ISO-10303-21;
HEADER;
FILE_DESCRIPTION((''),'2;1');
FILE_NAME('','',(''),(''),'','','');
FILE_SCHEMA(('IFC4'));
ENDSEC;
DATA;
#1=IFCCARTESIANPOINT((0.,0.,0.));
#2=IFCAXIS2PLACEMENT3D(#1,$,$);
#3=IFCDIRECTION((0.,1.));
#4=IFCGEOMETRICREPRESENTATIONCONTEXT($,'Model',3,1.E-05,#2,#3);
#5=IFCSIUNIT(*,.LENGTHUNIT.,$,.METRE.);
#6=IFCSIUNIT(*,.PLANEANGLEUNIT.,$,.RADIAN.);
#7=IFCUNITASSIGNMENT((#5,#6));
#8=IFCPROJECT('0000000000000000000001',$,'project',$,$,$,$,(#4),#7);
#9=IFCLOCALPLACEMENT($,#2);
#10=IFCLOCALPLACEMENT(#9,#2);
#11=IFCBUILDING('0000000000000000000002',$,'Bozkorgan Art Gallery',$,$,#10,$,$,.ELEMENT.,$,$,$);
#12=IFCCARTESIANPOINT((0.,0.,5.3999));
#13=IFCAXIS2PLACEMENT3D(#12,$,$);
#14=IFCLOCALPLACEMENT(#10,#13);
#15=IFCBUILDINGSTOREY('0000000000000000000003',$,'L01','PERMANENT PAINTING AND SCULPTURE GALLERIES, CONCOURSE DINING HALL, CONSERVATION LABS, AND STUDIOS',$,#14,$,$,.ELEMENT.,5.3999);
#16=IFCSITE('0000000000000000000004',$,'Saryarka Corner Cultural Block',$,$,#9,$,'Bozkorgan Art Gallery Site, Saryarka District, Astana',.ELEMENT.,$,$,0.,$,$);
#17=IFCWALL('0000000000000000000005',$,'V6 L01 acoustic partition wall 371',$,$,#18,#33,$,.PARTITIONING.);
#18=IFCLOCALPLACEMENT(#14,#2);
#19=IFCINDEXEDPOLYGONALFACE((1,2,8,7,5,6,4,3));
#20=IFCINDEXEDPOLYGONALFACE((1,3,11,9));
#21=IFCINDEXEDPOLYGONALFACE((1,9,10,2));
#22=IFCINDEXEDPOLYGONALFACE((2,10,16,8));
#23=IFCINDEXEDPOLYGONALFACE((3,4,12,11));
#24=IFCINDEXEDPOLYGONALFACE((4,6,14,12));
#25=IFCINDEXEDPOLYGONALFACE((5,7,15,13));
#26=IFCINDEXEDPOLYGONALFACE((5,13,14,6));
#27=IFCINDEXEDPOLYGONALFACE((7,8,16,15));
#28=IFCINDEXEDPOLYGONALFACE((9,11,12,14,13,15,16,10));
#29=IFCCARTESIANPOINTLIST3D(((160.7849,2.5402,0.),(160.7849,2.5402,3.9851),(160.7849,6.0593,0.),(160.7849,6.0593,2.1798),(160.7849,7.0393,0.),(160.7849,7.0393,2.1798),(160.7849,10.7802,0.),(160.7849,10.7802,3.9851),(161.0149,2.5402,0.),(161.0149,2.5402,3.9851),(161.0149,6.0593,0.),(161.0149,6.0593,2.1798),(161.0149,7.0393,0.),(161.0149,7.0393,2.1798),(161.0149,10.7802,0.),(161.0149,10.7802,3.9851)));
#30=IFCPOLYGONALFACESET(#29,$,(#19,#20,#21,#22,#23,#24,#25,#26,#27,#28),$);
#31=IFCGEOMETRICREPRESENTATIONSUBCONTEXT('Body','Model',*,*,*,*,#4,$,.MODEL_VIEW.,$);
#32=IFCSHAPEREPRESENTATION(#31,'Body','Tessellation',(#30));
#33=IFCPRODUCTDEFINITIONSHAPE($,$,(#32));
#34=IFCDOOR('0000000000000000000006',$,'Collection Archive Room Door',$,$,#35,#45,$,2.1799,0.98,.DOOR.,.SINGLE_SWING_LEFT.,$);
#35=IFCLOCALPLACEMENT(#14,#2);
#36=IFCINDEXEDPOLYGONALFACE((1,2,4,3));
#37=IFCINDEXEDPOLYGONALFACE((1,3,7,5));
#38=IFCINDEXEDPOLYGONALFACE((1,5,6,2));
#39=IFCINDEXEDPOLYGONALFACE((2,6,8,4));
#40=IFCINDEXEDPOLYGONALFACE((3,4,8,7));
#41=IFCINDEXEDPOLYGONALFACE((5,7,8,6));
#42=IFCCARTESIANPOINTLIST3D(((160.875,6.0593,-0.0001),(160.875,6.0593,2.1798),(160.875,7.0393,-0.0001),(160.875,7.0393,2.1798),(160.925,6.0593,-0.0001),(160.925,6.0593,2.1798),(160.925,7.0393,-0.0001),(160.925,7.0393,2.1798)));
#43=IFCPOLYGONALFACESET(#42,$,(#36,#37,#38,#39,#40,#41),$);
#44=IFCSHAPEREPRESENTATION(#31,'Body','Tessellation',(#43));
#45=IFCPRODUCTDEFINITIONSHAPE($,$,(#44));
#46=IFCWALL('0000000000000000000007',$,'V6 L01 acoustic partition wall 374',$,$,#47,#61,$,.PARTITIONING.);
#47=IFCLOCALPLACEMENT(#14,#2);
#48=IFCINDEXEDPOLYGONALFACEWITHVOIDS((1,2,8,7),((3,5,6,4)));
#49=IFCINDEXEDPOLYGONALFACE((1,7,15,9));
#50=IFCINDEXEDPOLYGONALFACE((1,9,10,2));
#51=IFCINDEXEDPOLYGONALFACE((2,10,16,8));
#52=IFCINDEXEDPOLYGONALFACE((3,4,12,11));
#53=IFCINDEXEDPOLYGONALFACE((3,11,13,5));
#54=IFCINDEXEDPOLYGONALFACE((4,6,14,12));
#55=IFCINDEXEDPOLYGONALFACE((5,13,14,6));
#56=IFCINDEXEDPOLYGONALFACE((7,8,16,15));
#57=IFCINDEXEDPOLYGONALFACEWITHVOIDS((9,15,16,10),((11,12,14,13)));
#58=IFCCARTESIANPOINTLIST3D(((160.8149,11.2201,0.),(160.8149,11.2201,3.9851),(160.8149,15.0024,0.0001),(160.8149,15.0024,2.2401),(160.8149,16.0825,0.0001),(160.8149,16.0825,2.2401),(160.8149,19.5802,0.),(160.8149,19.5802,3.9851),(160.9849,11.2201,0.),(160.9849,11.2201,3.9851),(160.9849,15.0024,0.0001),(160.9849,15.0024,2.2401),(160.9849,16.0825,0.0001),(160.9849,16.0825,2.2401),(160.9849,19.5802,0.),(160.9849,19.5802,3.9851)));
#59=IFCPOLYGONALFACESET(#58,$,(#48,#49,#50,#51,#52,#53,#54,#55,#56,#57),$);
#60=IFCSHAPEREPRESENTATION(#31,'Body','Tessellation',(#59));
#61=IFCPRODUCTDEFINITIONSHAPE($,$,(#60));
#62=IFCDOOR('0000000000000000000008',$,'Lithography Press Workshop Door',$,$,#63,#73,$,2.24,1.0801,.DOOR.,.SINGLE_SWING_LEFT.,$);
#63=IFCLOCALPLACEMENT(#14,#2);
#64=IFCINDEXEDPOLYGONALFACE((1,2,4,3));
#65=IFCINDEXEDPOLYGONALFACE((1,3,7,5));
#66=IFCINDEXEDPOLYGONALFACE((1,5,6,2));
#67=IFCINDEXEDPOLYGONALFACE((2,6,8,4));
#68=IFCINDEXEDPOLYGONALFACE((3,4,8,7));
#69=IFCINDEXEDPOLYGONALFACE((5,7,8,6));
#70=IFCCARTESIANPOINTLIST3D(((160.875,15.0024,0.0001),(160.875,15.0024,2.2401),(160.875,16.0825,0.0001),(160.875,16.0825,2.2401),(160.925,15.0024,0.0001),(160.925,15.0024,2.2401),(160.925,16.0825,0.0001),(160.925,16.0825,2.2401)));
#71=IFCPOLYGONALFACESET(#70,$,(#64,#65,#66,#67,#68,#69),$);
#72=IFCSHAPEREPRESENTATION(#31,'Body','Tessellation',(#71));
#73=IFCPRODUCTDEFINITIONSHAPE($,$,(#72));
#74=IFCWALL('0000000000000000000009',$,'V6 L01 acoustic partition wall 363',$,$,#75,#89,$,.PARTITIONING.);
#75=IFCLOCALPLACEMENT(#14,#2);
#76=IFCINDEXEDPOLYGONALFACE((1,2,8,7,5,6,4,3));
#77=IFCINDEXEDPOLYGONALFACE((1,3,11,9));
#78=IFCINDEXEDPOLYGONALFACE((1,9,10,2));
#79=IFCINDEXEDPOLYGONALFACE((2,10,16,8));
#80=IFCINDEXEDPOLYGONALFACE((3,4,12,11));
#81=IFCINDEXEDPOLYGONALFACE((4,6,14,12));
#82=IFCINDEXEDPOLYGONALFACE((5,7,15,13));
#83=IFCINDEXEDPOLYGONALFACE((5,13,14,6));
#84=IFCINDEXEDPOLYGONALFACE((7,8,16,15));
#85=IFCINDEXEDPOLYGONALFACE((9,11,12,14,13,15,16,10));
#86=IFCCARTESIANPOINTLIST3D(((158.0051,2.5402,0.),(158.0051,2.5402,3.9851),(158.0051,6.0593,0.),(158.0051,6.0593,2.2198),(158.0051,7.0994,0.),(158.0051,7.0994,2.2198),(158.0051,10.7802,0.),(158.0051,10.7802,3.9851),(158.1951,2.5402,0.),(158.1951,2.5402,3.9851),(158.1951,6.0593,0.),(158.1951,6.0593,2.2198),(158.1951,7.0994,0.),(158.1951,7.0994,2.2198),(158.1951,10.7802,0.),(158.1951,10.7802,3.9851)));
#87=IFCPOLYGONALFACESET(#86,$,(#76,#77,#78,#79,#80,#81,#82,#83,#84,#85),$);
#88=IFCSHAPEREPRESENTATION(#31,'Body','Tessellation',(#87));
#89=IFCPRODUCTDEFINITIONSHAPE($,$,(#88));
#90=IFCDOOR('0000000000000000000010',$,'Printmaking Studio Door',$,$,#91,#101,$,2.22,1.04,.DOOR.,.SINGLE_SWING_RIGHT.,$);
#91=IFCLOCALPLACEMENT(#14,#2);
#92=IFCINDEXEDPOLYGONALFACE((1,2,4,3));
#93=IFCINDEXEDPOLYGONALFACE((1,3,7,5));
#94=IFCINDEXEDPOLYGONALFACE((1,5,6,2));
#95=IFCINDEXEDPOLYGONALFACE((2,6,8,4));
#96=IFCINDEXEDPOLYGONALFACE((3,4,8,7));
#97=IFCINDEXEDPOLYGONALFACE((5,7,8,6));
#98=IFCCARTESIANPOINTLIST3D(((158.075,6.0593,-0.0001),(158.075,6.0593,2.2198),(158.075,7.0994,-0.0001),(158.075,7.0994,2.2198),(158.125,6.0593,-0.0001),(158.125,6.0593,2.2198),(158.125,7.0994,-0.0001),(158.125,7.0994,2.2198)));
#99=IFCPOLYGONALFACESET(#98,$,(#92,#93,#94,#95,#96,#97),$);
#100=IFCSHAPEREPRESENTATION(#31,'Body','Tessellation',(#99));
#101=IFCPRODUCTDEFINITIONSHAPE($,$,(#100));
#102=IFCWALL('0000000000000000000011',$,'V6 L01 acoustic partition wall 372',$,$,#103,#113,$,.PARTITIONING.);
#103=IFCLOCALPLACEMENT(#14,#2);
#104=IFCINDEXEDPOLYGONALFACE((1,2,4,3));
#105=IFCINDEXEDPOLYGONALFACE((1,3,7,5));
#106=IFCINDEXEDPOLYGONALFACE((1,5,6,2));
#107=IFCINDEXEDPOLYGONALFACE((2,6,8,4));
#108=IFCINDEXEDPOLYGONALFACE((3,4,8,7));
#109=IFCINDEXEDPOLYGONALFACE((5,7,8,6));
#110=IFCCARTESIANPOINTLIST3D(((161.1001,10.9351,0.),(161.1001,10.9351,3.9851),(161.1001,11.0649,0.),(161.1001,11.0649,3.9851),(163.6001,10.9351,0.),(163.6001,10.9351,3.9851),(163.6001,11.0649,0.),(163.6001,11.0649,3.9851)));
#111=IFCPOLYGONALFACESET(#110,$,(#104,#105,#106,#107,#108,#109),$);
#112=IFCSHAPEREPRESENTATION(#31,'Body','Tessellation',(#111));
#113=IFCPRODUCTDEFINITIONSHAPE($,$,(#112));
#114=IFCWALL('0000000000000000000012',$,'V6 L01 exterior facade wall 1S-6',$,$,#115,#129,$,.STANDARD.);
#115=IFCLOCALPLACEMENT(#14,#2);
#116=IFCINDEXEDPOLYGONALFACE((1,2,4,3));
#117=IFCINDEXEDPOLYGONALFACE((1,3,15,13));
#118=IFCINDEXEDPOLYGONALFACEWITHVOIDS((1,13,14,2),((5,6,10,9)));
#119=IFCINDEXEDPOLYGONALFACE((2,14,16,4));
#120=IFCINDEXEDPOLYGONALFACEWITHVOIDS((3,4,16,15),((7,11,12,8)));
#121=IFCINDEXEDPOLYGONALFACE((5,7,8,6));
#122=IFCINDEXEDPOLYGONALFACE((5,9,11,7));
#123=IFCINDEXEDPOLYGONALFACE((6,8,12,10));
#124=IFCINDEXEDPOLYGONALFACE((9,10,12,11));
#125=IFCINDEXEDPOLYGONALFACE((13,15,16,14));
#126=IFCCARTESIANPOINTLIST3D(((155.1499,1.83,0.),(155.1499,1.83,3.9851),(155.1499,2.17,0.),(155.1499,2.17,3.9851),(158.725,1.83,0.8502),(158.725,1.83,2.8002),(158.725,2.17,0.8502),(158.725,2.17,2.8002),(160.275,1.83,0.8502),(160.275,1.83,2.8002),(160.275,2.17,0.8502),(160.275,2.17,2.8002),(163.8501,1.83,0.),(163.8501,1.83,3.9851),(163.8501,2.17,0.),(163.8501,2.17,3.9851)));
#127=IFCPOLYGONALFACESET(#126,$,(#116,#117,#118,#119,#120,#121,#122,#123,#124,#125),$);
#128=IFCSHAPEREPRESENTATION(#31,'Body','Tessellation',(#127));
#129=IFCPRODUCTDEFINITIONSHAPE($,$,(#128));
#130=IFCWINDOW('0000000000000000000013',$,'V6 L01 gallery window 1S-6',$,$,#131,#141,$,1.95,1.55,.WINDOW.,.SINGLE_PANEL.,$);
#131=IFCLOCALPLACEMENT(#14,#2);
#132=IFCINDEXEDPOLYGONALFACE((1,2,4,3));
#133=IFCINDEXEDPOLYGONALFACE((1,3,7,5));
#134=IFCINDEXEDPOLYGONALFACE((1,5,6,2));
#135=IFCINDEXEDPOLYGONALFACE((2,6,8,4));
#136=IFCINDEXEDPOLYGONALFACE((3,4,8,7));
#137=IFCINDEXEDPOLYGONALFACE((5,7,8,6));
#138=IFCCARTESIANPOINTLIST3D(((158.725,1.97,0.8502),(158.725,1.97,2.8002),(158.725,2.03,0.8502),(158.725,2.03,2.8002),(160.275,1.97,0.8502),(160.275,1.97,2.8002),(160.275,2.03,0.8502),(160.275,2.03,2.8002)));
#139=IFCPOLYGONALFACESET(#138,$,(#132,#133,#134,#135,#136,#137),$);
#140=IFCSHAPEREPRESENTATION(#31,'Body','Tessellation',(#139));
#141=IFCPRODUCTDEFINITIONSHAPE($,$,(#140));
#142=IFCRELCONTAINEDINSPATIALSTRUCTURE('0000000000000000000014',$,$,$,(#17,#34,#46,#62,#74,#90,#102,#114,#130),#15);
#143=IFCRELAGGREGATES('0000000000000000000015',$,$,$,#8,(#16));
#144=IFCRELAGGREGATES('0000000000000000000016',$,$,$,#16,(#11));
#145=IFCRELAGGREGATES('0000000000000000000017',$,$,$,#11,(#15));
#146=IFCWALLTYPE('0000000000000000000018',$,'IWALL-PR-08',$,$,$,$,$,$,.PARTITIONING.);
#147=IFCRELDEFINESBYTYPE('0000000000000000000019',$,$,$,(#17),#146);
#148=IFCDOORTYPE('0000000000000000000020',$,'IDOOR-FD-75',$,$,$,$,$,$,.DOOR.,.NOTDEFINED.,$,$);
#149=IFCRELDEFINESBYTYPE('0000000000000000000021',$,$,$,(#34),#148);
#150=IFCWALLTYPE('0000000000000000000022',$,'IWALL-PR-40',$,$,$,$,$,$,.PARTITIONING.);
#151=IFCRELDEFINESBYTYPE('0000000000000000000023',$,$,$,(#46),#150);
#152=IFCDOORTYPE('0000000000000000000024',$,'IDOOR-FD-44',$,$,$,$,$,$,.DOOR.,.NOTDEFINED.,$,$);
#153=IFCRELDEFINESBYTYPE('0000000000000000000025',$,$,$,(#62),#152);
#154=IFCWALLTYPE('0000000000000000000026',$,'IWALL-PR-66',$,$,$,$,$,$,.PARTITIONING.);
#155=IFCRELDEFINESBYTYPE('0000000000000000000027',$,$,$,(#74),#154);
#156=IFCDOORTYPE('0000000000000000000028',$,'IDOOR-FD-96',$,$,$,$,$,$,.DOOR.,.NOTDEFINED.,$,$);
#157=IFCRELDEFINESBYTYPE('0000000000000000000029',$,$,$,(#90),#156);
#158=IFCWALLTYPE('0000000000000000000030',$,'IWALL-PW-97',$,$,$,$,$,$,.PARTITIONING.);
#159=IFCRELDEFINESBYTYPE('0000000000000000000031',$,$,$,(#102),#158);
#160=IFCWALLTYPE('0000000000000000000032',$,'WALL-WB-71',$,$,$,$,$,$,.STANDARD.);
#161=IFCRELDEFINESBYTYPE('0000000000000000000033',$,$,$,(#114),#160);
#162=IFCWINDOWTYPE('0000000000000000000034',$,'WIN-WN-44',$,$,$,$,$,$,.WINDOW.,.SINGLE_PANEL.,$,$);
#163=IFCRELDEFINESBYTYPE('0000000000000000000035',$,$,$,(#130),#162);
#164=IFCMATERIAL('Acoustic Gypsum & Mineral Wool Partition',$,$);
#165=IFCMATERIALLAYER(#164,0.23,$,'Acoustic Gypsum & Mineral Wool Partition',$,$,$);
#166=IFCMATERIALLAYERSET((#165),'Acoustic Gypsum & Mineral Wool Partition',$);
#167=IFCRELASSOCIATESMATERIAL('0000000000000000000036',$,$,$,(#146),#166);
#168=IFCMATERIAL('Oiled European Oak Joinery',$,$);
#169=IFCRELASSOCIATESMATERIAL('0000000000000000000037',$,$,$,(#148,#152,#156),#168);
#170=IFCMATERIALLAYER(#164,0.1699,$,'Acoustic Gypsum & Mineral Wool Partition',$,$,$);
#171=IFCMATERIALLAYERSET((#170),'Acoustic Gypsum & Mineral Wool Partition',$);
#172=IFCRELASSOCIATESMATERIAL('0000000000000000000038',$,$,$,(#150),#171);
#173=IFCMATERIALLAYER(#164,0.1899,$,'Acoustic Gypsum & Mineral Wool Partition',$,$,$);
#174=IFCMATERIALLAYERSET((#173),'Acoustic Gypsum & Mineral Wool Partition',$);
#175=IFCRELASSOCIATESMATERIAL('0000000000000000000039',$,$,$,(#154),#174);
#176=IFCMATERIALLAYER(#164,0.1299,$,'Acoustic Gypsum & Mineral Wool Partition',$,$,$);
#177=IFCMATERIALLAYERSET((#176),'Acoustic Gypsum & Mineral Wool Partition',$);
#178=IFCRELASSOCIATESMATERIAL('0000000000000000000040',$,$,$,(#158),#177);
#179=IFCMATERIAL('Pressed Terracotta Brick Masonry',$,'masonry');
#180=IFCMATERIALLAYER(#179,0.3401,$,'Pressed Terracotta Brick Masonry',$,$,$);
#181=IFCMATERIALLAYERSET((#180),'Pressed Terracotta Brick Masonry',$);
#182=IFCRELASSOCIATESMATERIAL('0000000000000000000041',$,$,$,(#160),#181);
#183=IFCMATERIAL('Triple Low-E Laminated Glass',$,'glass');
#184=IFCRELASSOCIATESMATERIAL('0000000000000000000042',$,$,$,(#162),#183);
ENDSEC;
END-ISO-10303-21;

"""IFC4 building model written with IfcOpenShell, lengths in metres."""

from ifc_helpers import new_model, si_unit, direction, frame, frame_2d, origin, place, context, subcontext, project, spatial, rectangle, extrude, material, layer, layer_set, type_object, element, fill, save


model = new_model("IFC4")

# Units and contexts
model_context = context("Model", 3, precision=1e-05, world=origin(), true_north=direction((0.0, 1.0)))
body_context = subcontext(model_context, "Body", "Model", "MODEL_VIEW")
ifc_project = project(units=[si_unit("LENGTHUNIT", "METRE"), si_unit("PLANEANGLEUNIT", "RADIAN")], contexts=[model_context])

# Site, building, storey
site_placement = place(None, origin())
site = spatial("IfcSite", under=ifc_project, at=site_placement, Name="Saryarka Corner Cultural Block", LongName="Bozkorgan Art Gallery Site, Saryarka District, Astana", CompositionType="ELEMENT", RefElevation=0.0)
building_placement = place(site_placement, origin())
building = spatial("IfcBuilding", under=site, at=building_placement, Name="Bozkorgan Art Gallery", CompositionType="ELEMENT")
storey_placement = place(building_placement, frame((0.0, 0.0, 5.3999)))
storey = spatial("IfcBuildingStorey", under=building, at=storey_placement, Name="L01", Description="PERMANENT PAINTING AND SCULPTURE GALLERIES, CONCOURSE DINING HALL, CONSERVATION LABS, AND STUDIOS", CompositionType="ELEMENT", Elevation=5.3999)

# Walls, openings, doors
ifc_material_1 = material(Name="Acoustic Gypsum & Mineral Wool Partition")
ifc_layer_1 = layer(ifc_material_1, 0.23, Name="Acoustic Gypsum & Mineral Wool Partition")
ifc_layer_set_1 = layer_set([ifc_layer_1], Name="Acoustic Gypsum & Mineral Wool Partition")
wall_type_1 = type_object("IfcWallType", Name="IWALL-PR-08", PredefinedType="PARTITIONING", material=ifc_layer_set_1)
wall_1_placement = place(storey_placement, frame((160.8999, 2.54, 0.0), z_axis=(0.0, 0.0, 1.0), x_axis=(0.0, 1.0, 0.0)))
wall_1 = element("IfcWall", 1, at=wall_1_placement, inside=storey, type_object=wall_type_1, Name="V6 L01 acoustic partition wall 371", PredefinedType="PARTITIONING", context=body_context, shape_type="SweptSolid", body=[
    extrude(rectangle(XDim=8.24, YDim=0.23, at=frame_2d((4.1201, 0.0))), origin(), (0.0, 0.0, 1.0), 3.9851),
])
opening_1_placement = place(wall_1_placement, frame((3.5193, 0.0, 0.0)))
opening_1 = element("IfcOpeningElement", 2, at=opening_1_placement, cuts=wall_1, PredefinedType="OPENING", context=body_context, shape_type="SweptSolid", body=[
    extrude(rectangle(XDim=0.98, YDim=2.1799, at=frame_2d((0.49, 1.0898))), frame((0.0, 0.125, 0.0), z_axis=(0.0, -1.0, 0.0), x_axis=(1.0, 0.0, 0.0)), (0.0, 0.0, 1.0), 0.25),
])
ifc_material_2 = material(Name="Oiled European Oak Joinery")
door_type_1 = type_object("IfcDoorType", Name="IDOOR-FD-75", OperationType="NOTDEFINED", PredefinedType="DOOR", material=ifc_material_2)
door_1_placement = place(opening_1_placement, origin())
door_1 = element("IfcDoor", 3, at=door_1_placement, inside=storey, type_object=door_type_1, Name="Collection Archive Room Door", OperationType="SINGLE_SWING_LEFT", OverallHeight=2.1799, OverallWidth=0.98, PredefinedType="DOOR", context=body_context, shape_type="SweptSolid", body=[
    extrude(rectangle(XDim=0.98, YDim=2.1799, at=frame_2d((0.49, 1.0898))), frame((0.0, 0.0249, 0.0), z_axis=(0.0, -1.0, 0.0), x_axis=(1.0, 0.0, 0.0)), (0.0, 0.0, 1.0), 0.05),
])
fill(opening_1, door_1)
ifc_layer_2 = layer(ifc_material_1, 0.1699, Name="Acoustic Gypsum & Mineral Wool Partition")
ifc_layer_set_2 = layer_set([ifc_layer_2], Name="Acoustic Gypsum & Mineral Wool Partition")
wall_type_2 = type_object("IfcWallType", Name="IWALL-PR-40", PredefinedType="PARTITIONING", material=ifc_layer_set_2)
wall_2_placement = place(storey_placement, frame((160.8999, 11.22, 0.0), z_axis=(0.0, 0.0, 1.0), x_axis=(0.0, 1.0, 0.0)))
wall_2 = element("IfcWall", 4, at=wall_2_placement, inside=storey, type_object=wall_type_2, Name="V6 L01 acoustic partition wall 374", PredefinedType="PARTITIONING", context=body_context, shape_type="SweptSolid", body=[
    extrude(rectangle(XDim=8.3601, YDim=0.1699, at=frame_2d((4.1802, 0.0))), origin(), (0.0, 0.0, 1.0), 3.9851),
])
opening_2_placement = place(wall_2_placement, frame((3.7825, 0.0, 0.0)))
opening_2 = element("IfcOpeningElement", 5, at=opening_2_placement, cuts=wall_2, PredefinedType="OPENING", context=body_context, shape_type="SweptSolid", body=[
    extrude(rectangle(XDim=1.0801, YDim=2.24, at=frame_2d((0.54, 1.1201))), frame((0.0, 0.095, 0.0), z_axis=(0.0, -1.0, 0.0), x_axis=(1.0, 0.0, 0.0)), (0.0, 0.0, 1.0), 0.1899),
])
door_type_2 = type_object("IfcDoorType", Name="IDOOR-FD-44", OperationType="NOTDEFINED", PredefinedType="DOOR", material=ifc_material_2)
door_2_placement = place(opening_2_placement, origin())
door_2 = element("IfcDoor", 6, at=door_2_placement, inside=storey, type_object=door_type_2, Name="Lithography Press Workshop Door", OperationType="SINGLE_SWING_LEFT", OverallHeight=2.24, OverallWidth=1.0801, PredefinedType="DOOR", context=body_context, shape_type="SweptSolid", body=[
    extrude(rectangle(XDim=1.0801, YDim=2.24, at=frame_2d((0.54, 1.1201))), frame((0.0, 0.0249, 0.0), z_axis=(0.0, -1.0, 0.0), x_axis=(1.0, 0.0, 0.0)), (0.0, 0.0, 1.0), 0.05),
])
fill(opening_2, door_2)
ifc_layer_3 = layer(ifc_material_1, 0.1899, Name="Acoustic Gypsum & Mineral Wool Partition")
ifc_layer_set_3 = layer_set([ifc_layer_3], Name="Acoustic Gypsum & Mineral Wool Partition")
wall_type_3 = type_object("IfcWallType", Name="IWALL-PR-66", PredefinedType="PARTITIONING", material=ifc_layer_set_3)
wall_3_placement = place(storey_placement, frame((158.1001, 2.54, 0.0), z_axis=(0.0, 0.0, 1.0), x_axis=(0.0, 1.0, 0.0)))
wall_3 = element("IfcWall", 7, at=wall_3_placement, inside=storey, type_object=wall_type_3, Name="V6 L01 acoustic partition wall 363", PredefinedType="PARTITIONING", context=body_context, shape_type="SweptSolid", body=[
    extrude(rectangle(XDim=8.24, YDim=0.1899, at=frame_2d((4.1201, 0.0))), origin(), (0.0, 0.0, 1.0), 3.9851),
])
opening_3_placement = place(wall_3_placement, frame((4.5593, 0.0, 0.0), z_axis=(0.0, 0.0, 1.0), x_axis=(-1.0, 0.0, 0.0)))
opening_3 = element("IfcOpeningElement", 8, at=opening_3_placement, cuts=wall_3, PredefinedType="OPENING", context=body_context, shape_type="SweptSolid", body=[
    extrude(rectangle(XDim=1.04, YDim=2.22, at=frame_2d((0.52, 1.1099))), frame((0.0, 0.105, 0.0), z_axis=(0.0, -1.0, 0.0), x_axis=(1.0, 0.0, 0.0)), (0.0, 0.0, 1.0), 0.21),
])
door_type_3 = type_object("IfcDoorType", Name="IDOOR-FD-96", OperationType="NOTDEFINED", PredefinedType="DOOR", material=ifc_material_2)
door_3_placement = place(opening_3_placement, origin())
door_3 = element("IfcDoor", 9, at=door_3_placement, inside=storey, type_object=door_type_3, Name="Printmaking Studio Door", OperationType="SINGLE_SWING_RIGHT", OverallHeight=2.22, OverallWidth=1.04, PredefinedType="DOOR", context=body_context, shape_type="SweptSolid", body=[
    extrude(rectangle(XDim=1.04, YDim=2.22, at=frame_2d((0.52, 1.1099))), frame((0.0, 0.0249, 0.0), z_axis=(0.0, -1.0, 0.0), x_axis=(1.0, 0.0, 0.0)), (0.0, 0.0, 1.0), 0.05),
])
fill(opening_3, door_3)

# Wall
ifc_layer_4 = layer(ifc_material_1, 0.1299, Name="Acoustic Gypsum & Mineral Wool Partition")
ifc_layer_set_4 = layer_set([ifc_layer_4], Name="Acoustic Gypsum & Mineral Wool Partition")
wall_type_4 = type_object("IfcWallType", Name="IWALL-PW-97", PredefinedType="PARTITIONING", material=ifc_layer_set_4)
wall_4_placement = place(storey_placement, frame((161.1001, 11.0, 0.0), z_axis=(0.0, 0.0, 1.0), x_axis=(1.0, 0.0, 0.0)))
element("IfcWall", 10, at=wall_4_placement, inside=storey, type_object=wall_type_4, Name="V6 L01 acoustic partition wall 372", PredefinedType="PARTITIONING", context=body_context, shape_type="SweptSolid", body=[
    extrude(rectangle(XDim=2.5, YDim=0.1299, at=frame_2d((1.25, 0.0))), origin(), (0.0, 0.0, 1.0), 3.9851),
])

# Wall, opening, window
ifc_material_3 = material(Name="Pressed Terracotta Brick Masonry", Category="masonry")
ifc_layer_5 = layer(ifc_material_3, 0.3401, Name="Pressed Terracotta Brick Masonry")
ifc_layer_set_5 = layer_set([ifc_layer_5], Name="Pressed Terracotta Brick Masonry")
wall_type_5 = type_object("IfcWallType", Name="WALL-WB-71", PredefinedType="STANDARD", material=ifc_layer_set_5)
wall_5_placement = place(storey_placement, frame((155.1499, 2.0, 0.0), z_axis=(0.0, 0.0, 1.0), x_axis=(1.0, 0.0, 0.0)))
wall_5 = element("IfcWall", 11, at=wall_5_placement, inside=storey, type_object=wall_type_5, Name="V6 L01 exterior facade wall 1S-6", PredefinedType="STANDARD", context=body_context, shape_type="SweptSolid", body=[
    extrude(rectangle(XDim=8.7002, YDim=0.3401, at=frame_2d((4.3501, 0.0))), origin(), (0.0, 0.0, 1.0), 3.9851),
])
opening_4_placement = place(wall_5_placement, frame((5.125, 0.0, 0.8501), z_axis=(0.0, 0.0, 1.0), x_axis=(-1.0, 0.0, 0.0)))
opening_4 = element("IfcOpeningElement", 12, at=opening_4_placement, cuts=wall_5, PredefinedType="OPENING", context=body_context, shape_type="SweptSolid", body=[
    extrude(rectangle(XDim=1.55, YDim=1.95, at=frame_2d((0.7749, 0.9751))), frame((0.0, 0.1802, 0.0), z_axis=(0.0, -1.0, 0.0), x_axis=(1.0, 0.0, 0.0)), (0.0, 0.0, 1.0), 0.3601),
])
ifc_material_4 = material(Name="Triple Low-E Laminated Glass", Category="glass")
window_type_1 = type_object("IfcWindowType", Name="WIN-WN-44", PartitioningType="SINGLE_PANEL", PredefinedType="WINDOW", material=ifc_material_4)
window_1_placement = place(opening_4_placement, origin())
window_1 = element("IfcWindow", 13, at=window_1_placement, inside=storey, type_object=window_type_1, Name="V6 L01 gallery window 1S-6", OverallHeight=1.95, OverallWidth=1.55, PartitioningType="SINGLE_PANEL", PredefinedType="WINDOW", context=body_context, shape_type="SweptSolid", body=[
    extrude(rectangle(XDim=1.55, YDim=1.95, at=frame_2d((0.7749, 0.9751))), frame((0.0, 0.03, 0.0), z_axis=(0.0, -1.0, 0.0), x_axis=(1.0, 0.0, 0.0)), (0.0, 0.0, 1.0), 0.0601),
])
fill(opening_4, window_1)

save(model, "model.ifc")
